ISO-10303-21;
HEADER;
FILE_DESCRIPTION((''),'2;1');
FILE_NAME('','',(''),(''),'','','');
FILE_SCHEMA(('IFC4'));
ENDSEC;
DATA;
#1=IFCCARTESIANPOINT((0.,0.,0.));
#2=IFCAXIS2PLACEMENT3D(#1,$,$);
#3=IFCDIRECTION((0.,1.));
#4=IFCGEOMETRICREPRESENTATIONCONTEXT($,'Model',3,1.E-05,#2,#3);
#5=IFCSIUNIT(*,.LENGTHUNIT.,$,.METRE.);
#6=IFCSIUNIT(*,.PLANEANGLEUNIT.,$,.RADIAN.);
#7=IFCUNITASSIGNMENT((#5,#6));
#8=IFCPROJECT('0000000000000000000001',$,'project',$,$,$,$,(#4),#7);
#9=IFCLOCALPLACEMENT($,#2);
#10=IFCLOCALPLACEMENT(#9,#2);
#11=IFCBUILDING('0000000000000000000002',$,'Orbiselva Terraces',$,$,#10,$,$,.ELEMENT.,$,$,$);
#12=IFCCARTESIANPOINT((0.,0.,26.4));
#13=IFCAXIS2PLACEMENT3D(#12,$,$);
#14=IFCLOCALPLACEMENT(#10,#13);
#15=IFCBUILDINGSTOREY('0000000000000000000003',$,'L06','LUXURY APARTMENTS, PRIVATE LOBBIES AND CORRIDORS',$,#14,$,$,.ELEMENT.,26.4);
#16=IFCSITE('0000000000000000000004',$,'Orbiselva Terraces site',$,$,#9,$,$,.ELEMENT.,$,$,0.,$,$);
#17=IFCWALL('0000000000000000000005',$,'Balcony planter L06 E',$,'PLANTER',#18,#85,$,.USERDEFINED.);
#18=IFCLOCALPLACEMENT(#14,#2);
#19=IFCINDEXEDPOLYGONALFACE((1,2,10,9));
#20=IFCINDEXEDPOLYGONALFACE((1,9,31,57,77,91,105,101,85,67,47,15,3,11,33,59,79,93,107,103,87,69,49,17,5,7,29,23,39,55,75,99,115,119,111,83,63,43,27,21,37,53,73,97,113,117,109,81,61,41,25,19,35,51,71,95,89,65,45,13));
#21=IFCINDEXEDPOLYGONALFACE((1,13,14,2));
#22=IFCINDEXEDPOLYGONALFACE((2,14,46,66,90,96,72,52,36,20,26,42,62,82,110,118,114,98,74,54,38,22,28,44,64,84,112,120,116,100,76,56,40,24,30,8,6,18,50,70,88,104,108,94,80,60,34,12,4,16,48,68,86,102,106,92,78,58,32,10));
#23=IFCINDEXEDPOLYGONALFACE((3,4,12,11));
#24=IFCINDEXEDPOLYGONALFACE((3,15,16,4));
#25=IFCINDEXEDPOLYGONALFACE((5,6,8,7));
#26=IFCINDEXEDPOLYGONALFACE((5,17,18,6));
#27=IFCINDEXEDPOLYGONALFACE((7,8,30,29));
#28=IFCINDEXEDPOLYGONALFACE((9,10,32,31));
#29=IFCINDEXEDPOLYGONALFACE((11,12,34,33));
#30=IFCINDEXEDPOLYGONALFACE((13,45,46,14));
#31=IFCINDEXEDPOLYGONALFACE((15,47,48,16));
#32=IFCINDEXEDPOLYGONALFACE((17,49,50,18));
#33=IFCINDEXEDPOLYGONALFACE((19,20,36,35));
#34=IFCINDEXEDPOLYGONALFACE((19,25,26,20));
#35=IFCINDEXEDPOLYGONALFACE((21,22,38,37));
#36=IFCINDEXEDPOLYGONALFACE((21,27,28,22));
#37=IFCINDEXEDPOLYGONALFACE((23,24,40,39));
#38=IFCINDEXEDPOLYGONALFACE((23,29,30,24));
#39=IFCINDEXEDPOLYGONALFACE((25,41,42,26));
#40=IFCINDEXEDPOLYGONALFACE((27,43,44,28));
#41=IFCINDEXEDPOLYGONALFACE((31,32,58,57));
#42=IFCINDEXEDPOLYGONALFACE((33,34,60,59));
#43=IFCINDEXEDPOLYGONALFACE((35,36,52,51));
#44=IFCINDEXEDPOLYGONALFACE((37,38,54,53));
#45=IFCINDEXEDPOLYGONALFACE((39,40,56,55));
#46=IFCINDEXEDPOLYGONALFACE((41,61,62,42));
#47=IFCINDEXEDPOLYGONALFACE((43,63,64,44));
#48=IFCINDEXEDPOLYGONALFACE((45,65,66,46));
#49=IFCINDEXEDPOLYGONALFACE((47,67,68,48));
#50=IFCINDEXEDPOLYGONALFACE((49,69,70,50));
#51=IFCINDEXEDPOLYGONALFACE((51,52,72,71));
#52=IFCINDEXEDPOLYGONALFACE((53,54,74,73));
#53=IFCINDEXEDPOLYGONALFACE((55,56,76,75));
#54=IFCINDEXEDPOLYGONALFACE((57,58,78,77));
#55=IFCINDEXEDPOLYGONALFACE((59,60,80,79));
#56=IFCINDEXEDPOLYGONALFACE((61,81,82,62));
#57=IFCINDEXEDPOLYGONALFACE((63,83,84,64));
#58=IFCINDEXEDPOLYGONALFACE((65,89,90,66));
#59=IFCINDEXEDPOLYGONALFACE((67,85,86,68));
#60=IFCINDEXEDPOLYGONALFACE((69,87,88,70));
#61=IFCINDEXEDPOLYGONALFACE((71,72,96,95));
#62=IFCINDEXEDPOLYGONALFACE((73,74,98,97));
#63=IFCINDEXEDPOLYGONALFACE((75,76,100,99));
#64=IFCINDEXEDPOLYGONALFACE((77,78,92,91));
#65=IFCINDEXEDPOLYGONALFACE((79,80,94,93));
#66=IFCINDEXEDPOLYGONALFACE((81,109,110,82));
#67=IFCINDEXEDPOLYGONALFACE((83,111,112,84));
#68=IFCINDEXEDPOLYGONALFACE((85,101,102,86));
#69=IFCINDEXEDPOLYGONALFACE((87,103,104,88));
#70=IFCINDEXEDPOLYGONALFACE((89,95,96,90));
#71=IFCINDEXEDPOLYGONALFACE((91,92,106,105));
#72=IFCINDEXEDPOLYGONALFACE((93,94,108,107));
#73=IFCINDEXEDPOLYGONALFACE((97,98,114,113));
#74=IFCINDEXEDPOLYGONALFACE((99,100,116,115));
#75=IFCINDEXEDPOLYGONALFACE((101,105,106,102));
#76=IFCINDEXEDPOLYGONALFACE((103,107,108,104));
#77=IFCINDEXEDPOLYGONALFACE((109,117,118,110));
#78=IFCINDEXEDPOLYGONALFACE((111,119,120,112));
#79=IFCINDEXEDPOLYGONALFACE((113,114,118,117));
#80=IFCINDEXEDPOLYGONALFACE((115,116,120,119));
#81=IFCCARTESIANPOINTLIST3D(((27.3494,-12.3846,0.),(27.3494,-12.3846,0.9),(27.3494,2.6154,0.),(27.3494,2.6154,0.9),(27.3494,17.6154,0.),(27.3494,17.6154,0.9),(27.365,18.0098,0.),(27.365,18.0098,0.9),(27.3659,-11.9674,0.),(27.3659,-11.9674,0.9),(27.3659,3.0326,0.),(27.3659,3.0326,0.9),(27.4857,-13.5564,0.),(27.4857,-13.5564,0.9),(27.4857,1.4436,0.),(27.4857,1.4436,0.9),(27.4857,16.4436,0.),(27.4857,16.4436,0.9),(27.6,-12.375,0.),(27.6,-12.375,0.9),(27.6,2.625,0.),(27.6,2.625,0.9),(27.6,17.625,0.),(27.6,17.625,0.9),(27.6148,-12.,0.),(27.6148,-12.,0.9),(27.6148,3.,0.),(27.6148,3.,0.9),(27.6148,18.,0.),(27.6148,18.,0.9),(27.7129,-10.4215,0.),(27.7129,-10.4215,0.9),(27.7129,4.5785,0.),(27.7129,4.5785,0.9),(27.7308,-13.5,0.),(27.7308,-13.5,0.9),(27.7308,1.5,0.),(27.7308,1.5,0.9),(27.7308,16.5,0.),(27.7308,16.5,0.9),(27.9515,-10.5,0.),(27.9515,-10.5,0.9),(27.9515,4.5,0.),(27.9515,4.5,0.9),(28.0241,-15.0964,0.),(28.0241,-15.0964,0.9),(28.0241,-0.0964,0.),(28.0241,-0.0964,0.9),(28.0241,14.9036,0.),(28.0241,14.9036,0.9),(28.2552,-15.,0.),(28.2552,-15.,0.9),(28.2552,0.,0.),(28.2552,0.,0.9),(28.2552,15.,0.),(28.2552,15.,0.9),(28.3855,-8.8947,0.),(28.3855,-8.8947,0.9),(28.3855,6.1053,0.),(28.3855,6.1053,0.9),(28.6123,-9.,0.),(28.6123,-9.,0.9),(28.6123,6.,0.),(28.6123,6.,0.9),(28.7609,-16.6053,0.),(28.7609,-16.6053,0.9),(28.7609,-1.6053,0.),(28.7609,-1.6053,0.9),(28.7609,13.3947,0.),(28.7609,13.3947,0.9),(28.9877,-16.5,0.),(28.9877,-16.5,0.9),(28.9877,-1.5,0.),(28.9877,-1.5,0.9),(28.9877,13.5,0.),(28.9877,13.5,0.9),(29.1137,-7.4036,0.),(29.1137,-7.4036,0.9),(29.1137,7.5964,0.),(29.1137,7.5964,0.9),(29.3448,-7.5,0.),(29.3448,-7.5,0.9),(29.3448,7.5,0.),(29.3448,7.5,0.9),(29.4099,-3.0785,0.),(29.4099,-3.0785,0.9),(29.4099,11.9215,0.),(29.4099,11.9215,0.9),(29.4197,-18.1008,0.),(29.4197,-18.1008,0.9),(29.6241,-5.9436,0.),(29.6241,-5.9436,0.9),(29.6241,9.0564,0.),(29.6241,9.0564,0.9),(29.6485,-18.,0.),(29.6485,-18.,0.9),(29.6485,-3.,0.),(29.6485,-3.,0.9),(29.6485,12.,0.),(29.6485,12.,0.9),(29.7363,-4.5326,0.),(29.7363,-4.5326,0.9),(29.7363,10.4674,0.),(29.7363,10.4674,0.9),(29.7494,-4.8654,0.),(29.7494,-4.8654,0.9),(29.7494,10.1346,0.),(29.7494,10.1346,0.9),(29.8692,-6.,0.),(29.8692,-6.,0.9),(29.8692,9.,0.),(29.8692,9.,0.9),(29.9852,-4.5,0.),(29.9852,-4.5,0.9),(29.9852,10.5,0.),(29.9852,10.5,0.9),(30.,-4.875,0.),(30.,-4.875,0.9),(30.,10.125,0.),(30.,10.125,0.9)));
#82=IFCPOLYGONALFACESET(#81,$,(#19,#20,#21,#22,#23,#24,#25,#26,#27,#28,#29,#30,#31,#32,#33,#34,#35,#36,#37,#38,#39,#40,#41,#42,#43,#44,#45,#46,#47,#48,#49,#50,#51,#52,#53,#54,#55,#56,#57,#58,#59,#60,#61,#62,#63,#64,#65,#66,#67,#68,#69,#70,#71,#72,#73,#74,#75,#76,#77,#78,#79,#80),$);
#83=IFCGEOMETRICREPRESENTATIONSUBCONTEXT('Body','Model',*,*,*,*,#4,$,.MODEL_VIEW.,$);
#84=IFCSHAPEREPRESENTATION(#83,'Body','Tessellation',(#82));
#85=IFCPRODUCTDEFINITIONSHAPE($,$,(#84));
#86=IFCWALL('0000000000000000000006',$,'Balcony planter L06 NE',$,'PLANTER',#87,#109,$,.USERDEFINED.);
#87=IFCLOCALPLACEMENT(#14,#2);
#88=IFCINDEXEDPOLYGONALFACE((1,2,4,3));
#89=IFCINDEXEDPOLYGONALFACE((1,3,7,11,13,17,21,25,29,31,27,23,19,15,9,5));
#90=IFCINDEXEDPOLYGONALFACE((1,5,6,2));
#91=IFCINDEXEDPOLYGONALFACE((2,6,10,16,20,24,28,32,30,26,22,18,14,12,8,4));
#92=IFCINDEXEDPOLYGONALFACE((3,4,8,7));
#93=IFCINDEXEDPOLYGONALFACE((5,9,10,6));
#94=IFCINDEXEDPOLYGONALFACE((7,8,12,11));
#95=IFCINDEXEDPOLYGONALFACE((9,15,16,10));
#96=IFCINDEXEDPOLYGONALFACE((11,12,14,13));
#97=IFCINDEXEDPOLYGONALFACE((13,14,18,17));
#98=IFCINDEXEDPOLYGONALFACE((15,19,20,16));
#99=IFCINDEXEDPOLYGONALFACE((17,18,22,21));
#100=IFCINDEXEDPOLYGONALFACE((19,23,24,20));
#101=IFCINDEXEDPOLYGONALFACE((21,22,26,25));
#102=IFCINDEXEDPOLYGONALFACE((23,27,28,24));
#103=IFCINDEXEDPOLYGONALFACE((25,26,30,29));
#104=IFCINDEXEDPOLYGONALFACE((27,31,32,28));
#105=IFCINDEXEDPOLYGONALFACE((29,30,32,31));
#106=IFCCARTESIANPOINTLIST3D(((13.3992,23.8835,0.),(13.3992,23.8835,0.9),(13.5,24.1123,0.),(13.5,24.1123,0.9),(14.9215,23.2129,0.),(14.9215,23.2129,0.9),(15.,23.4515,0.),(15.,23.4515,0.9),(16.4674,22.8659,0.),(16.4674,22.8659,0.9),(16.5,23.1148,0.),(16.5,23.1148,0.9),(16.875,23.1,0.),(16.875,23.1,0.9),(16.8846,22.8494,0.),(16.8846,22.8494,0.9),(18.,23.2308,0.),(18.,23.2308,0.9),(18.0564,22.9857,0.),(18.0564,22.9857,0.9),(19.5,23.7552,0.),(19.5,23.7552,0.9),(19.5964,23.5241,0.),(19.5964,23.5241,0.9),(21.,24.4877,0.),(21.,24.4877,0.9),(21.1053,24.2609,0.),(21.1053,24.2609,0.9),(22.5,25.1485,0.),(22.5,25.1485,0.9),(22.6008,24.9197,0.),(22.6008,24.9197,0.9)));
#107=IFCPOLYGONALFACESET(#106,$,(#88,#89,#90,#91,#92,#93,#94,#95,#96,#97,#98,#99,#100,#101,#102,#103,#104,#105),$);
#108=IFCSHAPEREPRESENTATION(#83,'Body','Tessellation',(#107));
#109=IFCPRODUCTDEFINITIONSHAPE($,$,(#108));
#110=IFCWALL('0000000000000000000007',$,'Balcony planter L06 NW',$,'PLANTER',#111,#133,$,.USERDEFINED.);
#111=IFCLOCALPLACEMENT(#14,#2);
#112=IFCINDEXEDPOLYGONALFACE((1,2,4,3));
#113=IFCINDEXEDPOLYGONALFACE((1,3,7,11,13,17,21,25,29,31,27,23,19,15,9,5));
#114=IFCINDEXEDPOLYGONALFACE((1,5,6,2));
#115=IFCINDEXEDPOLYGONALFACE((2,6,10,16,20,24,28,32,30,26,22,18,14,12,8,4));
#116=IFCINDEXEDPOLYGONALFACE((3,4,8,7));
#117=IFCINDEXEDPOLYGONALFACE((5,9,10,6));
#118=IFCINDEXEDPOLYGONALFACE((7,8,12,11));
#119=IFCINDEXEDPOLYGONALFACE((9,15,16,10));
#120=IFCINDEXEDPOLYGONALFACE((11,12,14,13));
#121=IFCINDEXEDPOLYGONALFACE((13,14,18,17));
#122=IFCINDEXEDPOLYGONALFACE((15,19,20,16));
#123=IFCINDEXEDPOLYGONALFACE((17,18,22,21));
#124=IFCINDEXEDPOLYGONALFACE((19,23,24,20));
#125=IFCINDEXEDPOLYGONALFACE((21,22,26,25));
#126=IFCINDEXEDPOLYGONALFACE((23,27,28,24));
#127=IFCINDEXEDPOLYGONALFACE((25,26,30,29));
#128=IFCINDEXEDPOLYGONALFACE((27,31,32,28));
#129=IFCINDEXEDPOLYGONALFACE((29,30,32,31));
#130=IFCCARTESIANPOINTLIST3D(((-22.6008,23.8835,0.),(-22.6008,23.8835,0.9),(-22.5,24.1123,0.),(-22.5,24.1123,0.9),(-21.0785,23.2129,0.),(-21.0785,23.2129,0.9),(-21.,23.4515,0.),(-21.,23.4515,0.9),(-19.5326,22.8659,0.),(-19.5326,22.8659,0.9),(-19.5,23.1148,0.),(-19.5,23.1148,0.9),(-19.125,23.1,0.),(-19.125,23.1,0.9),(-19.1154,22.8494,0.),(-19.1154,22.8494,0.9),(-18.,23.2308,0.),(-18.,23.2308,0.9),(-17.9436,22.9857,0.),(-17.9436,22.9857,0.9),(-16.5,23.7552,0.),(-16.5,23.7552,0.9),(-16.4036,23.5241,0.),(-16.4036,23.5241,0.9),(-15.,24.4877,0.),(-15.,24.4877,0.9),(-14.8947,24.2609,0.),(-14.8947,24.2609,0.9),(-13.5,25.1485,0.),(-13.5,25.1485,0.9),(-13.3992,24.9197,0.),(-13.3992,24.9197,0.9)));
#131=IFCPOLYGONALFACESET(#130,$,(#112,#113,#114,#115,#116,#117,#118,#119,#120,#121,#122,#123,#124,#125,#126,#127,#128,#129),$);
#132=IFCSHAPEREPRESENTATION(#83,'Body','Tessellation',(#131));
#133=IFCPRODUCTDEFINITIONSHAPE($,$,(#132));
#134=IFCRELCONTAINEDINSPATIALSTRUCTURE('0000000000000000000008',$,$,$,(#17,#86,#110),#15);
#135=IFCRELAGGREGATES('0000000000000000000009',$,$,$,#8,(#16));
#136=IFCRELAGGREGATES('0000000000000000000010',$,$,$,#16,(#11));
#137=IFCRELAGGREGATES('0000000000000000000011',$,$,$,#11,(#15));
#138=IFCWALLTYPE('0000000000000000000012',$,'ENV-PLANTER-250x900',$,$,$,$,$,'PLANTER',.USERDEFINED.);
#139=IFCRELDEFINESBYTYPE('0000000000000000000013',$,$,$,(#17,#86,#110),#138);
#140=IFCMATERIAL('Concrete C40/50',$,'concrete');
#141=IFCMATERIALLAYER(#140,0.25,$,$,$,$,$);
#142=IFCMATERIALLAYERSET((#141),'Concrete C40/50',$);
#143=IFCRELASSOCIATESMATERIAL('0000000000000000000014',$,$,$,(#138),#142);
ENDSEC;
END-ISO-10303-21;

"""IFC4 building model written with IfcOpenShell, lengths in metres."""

from ifc_helpers import new_model, si_unit, direction, frame, origin, place, context, subcontext, project, spatial, polyline, outline, extrude, material, layer, layer_set, type_object, element, save


model = new_model("IFC4")

# Units and contexts
model_context = context("Model", 3, precision=1e-05, world=origin(), true_north=direction((0.0, 1.0)))
body_context = subcontext(model_context, "Body", "Model", "MODEL_VIEW")
ifc_project = project(units=[si_unit("LENGTHUNIT", "METRE"), si_unit("PLANEANGLEUNIT", "RADIAN")], contexts=[model_context])

# Site, building, storey
site_placement = place(None, origin())
site = spatial("IfcSite", under=ifc_project, at=site_placement, Name="Orbiselva Terraces site", CompositionType="ELEMENT", RefElevation=0.0)
building_placement = place(site_placement, origin())
building = spatial("IfcBuilding", under=site, at=building_placement, Name="Orbiselva Terraces", CompositionType="ELEMENT")
storey_placement = place(building_placement, frame((0.0, 0.0, 26.4)))
storey = spatial("IfcBuildingStorey", under=building, at=storey_placement, Name="L06", Description="LUXURY APARTMENTS, PRIVATE LOBBIES AND CORRIDORS", CompositionType="ELEMENT", Elevation=26.4)

# Shared definitions
ifc_material_1 = material(Name="Concrete C40/50", Category="concrete")

# Walls
ifc_layer_1 = layer(ifc_material_1, 0.25)
ifc_layer_set_1 = layer_set([ifc_layer_1], Name="Concrete C40/50")
wall_type_1 = type_object("IfcWallType", Name="ENV-PLANTER-250x900", ElementType="PLANTER", PredefinedType="USERDEFINED", material=ifc_layer_set_1)
wall_1_placement = place(storey_placement, origin())
element("IfcWall", 1, at=wall_1_placement, inside=storey, type_object=wall_type_1, Name="Balcony planter L06 E", ObjectType="PLANTER", PredefinedType="USERDEFINED", context=body_context, shape_type="SweptSolid", body=[
    extrude(outline(polyline([(29.6485, -18.0), (28.9877, -16.5), (28.2552, -15.0), (27.7308, -13.5), (27.6, -12.375), (27.6148, -12.0), (27.9515, -10.5), (28.6123, -9.0), (29.3448, -7.5), (29.8692, -6.0), (30.0, -4.875), (29.9852, -4.5), (29.6485, -3.0), (28.9877, -1.5), (28.2552, 0.0), (27.7308, 1.5), (27.6, 2.625), (27.6148, 3.0), (27.9515, 4.5), (28.6123, 6.0), (29.3448, 7.5), (29.8692, 9.0), (30.0, 10.125), (29.9852, 10.5), (29.6485, 12.0), (28.9877, 13.5), (28.2552, 15.0), (27.7308, 16.5), (27.6, 17.625), (27.6148, 18.0), (27.365, 18.0098), (27.3494, 17.6154), (27.4857, 16.4436), (28.0241, 14.9036), (28.7609, 13.3947), (29.4099, 11.9215), (29.7363, 10.4674), (29.7494, 10.1346), (29.6241, 9.0564), (29.1137, 7.5964), (28.3855, 6.1053), (27.7129, 4.5785), (27.3659, 3.0326), (27.3494, 2.6154), (27.4857, 1.4436), (28.0241, -0.0964), (28.7609, -1.6053), (29.4099, -3.0785), (29.7363, -4.5326), (29.7494, -4.8654), (29.6241, -5.9436), (29.1137, -7.4036), (28.3855, -8.8947), (27.7129, -10.4215), (27.3659, -11.9674), (27.3494, -12.3846), (27.4857, -13.5564), (28.0241, -15.0964), (28.7609, -16.6053), (29.4197, -18.1008), (29.6485, -18.0)])), origin(), (0.0, 0.0, 1.0), 0.9),
])
wall_2_placement = place(storey_placement, origin())
element("IfcWall", 2, at=wall_2_placement, inside=storey, type_object=wall_type_1, Name="Balcony planter L06 NE", ObjectType="PLANTER", PredefinedType="USERDEFINED", context=body_context, shape_type="SweptSolid", body=[
    extrude(outline(polyline([(22.5, 25.1485), (21.0, 24.4877), (19.5, 23.7552), (18.0, 23.2308), (16.875, 23.1), (16.5, 23.1148), (15.0, 23.4515), (13.5, 24.1123), (13.3992, 23.8835), (14.9215, 23.2129), (16.4674, 22.8659), (16.8846, 22.8494), (18.0564, 22.9857), (19.5964, 23.5241), (21.1053, 24.2609), (22.6008, 24.9197), (22.5, 25.1485)])), origin(), (0.0, 0.0, 1.0), 0.9),
])
wall_3_placement = place(storey_placement, origin())
element("IfcWall", 3, at=wall_3_placement, inside=storey, type_object=wall_type_1, Name="Balcony planter L06 NW", ObjectType="PLANTER", PredefinedType="USERDEFINED", context=body_context, shape_type="SweptSolid", body=[
    extrude(outline(polyline([(-13.5, 25.1485), (-15.0, 24.4877), (-16.5, 23.7552), (-18.0, 23.2308), (-19.125, 23.1), (-19.5, 23.1148), (-21.0, 23.4515), (-22.5, 24.1123), (-22.6008, 23.8835), (-21.0785, 23.2129), (-19.5326, 22.8659), (-19.1154, 22.8494), (-17.9436, 22.9857), (-16.4036, 23.5241), (-14.8947, 24.2609), (-13.3992, 24.9197), (-13.5, 25.1485)])), origin(), (0.0, 0.0, 1.0), 0.9),
])

save(model, "model.ifc")
